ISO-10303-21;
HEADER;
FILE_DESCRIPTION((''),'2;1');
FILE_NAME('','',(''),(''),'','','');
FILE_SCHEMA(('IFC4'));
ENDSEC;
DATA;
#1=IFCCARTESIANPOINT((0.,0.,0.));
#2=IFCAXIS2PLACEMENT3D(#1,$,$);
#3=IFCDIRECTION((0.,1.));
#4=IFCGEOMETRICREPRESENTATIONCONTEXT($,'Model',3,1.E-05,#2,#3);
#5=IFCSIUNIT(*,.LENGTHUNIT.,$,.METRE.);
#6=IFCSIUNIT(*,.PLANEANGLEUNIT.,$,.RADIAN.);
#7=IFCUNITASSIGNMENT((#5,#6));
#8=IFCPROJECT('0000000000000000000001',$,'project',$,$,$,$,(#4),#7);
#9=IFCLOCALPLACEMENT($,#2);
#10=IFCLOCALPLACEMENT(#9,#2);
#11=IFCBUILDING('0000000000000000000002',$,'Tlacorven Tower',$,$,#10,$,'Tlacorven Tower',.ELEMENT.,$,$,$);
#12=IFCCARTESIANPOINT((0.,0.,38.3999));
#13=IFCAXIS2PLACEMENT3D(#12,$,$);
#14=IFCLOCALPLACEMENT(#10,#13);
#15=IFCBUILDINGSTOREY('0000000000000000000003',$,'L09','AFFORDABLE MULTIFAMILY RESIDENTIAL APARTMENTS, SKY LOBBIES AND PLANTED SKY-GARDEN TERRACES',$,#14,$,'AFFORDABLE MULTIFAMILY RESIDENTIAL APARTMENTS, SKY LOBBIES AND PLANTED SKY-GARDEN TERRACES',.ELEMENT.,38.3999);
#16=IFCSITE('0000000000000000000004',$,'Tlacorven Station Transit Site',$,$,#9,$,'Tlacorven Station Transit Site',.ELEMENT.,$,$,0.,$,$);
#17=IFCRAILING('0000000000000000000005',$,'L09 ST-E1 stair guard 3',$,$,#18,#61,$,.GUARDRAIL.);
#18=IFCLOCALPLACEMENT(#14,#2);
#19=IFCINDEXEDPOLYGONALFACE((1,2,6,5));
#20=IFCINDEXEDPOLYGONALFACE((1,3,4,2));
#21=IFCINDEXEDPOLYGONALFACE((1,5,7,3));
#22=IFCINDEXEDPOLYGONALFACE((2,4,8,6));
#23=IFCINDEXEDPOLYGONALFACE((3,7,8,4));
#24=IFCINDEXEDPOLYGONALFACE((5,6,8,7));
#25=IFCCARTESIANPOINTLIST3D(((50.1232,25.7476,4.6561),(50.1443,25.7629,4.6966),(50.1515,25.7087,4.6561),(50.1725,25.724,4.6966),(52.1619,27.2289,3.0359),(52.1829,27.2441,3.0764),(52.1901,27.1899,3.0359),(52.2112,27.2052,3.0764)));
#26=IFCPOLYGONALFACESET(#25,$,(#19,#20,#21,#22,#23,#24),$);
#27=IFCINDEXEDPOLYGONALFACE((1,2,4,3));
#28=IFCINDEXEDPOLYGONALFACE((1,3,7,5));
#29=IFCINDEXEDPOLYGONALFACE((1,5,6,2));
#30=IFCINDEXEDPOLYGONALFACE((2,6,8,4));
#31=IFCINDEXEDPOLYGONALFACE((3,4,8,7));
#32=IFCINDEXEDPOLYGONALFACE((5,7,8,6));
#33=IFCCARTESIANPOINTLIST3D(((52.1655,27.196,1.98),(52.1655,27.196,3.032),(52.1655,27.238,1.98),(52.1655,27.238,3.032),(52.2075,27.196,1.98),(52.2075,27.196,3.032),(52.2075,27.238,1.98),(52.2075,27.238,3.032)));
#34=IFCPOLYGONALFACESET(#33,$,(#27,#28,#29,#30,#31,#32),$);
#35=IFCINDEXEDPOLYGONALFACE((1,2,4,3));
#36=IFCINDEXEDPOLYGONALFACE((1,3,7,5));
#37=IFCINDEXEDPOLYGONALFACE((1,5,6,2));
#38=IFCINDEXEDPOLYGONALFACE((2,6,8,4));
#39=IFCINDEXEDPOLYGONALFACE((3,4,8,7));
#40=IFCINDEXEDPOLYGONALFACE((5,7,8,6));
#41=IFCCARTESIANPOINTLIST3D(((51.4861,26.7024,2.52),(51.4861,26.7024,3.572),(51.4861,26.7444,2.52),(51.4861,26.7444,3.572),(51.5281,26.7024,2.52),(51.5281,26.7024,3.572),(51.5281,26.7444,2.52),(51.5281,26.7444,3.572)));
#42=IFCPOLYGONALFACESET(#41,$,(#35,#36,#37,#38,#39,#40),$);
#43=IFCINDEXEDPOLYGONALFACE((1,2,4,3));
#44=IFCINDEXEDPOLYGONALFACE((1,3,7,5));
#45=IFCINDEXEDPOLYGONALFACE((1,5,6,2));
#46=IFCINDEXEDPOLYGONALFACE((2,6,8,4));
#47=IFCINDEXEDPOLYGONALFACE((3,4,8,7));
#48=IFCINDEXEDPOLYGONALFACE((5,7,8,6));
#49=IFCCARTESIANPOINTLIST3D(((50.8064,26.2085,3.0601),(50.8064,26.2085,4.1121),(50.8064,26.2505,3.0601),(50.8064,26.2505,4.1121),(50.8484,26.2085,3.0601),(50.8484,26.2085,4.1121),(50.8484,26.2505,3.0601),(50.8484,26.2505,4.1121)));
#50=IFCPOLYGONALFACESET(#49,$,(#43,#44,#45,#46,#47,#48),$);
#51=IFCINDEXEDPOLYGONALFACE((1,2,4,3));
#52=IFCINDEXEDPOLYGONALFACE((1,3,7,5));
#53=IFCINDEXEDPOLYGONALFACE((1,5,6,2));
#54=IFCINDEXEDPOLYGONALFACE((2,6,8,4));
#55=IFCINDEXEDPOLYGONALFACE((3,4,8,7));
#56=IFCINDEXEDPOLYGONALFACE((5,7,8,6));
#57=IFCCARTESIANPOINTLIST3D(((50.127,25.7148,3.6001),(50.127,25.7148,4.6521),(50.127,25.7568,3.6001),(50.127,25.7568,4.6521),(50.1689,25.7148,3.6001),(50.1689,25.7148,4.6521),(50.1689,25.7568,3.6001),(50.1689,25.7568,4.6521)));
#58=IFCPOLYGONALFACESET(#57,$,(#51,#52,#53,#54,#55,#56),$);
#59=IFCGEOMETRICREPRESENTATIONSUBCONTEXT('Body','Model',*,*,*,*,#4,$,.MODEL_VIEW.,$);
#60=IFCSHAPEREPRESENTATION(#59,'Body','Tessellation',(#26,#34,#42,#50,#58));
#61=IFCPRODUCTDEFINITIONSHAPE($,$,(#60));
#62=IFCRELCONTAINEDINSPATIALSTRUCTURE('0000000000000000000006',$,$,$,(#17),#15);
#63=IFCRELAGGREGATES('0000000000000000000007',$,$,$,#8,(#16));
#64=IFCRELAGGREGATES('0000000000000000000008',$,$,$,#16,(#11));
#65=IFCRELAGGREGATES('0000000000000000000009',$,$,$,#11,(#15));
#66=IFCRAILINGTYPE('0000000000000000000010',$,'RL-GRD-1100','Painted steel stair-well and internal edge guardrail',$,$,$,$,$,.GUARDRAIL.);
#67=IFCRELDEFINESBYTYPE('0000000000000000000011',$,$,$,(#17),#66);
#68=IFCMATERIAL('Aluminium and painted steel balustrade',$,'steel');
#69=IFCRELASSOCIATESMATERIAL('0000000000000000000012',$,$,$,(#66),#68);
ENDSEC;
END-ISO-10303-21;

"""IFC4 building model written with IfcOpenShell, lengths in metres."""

from ifc_helpers import new_model, si_unit, direction, frame, origin, origin_2d, place, context, subcontext, project, spatial, rectangle, extrude, source, transform, mapped, material, type_object, element, save


model = new_model("IFC4")

# Units and contexts
model_context = context("Model", 3, precision=1e-05, world=origin(), true_north=direction((0.0, 1.0)))
body_context = subcontext(model_context, "Body", "Model", "MODEL_VIEW")
ifc_project = project(units=[si_unit("LENGTHUNIT", "METRE"), si_unit("PLANEANGLEUNIT", "RADIAN")], contexts=[model_context])

# Site, building, storey
site_placement = place(None, origin())
site = spatial("IfcSite", under=ifc_project, at=site_placement, Name="Tlacorven Station Transit Site", LongName="Tlacorven Station Transit Site", CompositionType="ELEMENT", RefElevation=0.0)
building_placement = place(site_placement, origin())
building = spatial("IfcBuilding", under=site, at=building_placement, Name="Tlacorven Tower", LongName="Tlacorven Tower", CompositionType="ELEMENT")
storey_placement = place(building_placement, frame((0.0, 0.0, 38.3999)))
storey = spatial("IfcBuildingStorey", under=building, at=storey_placement, Name="L09", Description="AFFORDABLE MULTIFAMILY RESIDENTIAL APARTMENTS, SKY LOBBIES AND PLANTED SKY-GARDEN TERRACES", LongName="AFFORDABLE MULTIFAMILY RESIDENTIAL APARTMENTS, SKY LOBBIES AND PLANTED SKY-GARDEN TERRACES", CompositionType="ELEMENT", Elevation=38.3999)

# Railing
ifc_material_1 = material(Name="Aluminium and painted steel balustrade", Category="steel")
railing_type_1 = type_object("IfcRailingType", Name="RL-GRD-1100", Description="Painted steel stair-well and internal edge guardrail", PredefinedType="GUARDRAIL", material=ifc_material_1)
shared_shape_1 = source(origin(), body_context, "Body", "SweptSolid", [
    extrude(rectangle(XDim=0.0481, YDim=0.0481, at=origin_2d()), frame((0.0, 0.0, 1.0762), z_axis=(-0.680489, -0.494434, 0.540805), x_axis=(0.587809, -0.809, 0.0)), (0.0, 0.0, 1.0), 2.9958),
    extrude(rectangle(XDim=0.042, YDim=0.042, at=origin_2d()), origin(), (0.0, 0.0, 1.0), 1.052),
    extrude(rectangle(XDim=0.042, YDim=0.042, at=origin_2d()), frame((-0.6794, -0.4937, 0.54)), (0.0, 0.0, 1.0), 1.052),
    extrude(rectangle(XDim=0.042, YDim=0.042, at=origin_2d()), frame((-1.3591, -0.9875, 1.0801)), (0.0, 0.0, 1.0), 1.052),
    extrude(rectangle(XDim=0.042, YDim=0.042, at=origin_2d()), frame((-2.0386, -1.4812, 1.6201)), (0.0, 0.0, 1.0), 1.052),
])
railing_1_placement = place(storey_placement, frame((52.1865, 27.217, 1.98)))
element("IfcRailing", 1, at=railing_1_placement, inside=storey, type_object=railing_type_1, Name="L09 ST-E1 stair guard 3", PredefinedType="GUARDRAIL", context=body_context, shape_type="MappedRepresentation", body=[
    mapped(shared_shape_1, transform((0.0, 0.0, 0.0), scale=1.0)),
])

save(model, "model.ifc")
